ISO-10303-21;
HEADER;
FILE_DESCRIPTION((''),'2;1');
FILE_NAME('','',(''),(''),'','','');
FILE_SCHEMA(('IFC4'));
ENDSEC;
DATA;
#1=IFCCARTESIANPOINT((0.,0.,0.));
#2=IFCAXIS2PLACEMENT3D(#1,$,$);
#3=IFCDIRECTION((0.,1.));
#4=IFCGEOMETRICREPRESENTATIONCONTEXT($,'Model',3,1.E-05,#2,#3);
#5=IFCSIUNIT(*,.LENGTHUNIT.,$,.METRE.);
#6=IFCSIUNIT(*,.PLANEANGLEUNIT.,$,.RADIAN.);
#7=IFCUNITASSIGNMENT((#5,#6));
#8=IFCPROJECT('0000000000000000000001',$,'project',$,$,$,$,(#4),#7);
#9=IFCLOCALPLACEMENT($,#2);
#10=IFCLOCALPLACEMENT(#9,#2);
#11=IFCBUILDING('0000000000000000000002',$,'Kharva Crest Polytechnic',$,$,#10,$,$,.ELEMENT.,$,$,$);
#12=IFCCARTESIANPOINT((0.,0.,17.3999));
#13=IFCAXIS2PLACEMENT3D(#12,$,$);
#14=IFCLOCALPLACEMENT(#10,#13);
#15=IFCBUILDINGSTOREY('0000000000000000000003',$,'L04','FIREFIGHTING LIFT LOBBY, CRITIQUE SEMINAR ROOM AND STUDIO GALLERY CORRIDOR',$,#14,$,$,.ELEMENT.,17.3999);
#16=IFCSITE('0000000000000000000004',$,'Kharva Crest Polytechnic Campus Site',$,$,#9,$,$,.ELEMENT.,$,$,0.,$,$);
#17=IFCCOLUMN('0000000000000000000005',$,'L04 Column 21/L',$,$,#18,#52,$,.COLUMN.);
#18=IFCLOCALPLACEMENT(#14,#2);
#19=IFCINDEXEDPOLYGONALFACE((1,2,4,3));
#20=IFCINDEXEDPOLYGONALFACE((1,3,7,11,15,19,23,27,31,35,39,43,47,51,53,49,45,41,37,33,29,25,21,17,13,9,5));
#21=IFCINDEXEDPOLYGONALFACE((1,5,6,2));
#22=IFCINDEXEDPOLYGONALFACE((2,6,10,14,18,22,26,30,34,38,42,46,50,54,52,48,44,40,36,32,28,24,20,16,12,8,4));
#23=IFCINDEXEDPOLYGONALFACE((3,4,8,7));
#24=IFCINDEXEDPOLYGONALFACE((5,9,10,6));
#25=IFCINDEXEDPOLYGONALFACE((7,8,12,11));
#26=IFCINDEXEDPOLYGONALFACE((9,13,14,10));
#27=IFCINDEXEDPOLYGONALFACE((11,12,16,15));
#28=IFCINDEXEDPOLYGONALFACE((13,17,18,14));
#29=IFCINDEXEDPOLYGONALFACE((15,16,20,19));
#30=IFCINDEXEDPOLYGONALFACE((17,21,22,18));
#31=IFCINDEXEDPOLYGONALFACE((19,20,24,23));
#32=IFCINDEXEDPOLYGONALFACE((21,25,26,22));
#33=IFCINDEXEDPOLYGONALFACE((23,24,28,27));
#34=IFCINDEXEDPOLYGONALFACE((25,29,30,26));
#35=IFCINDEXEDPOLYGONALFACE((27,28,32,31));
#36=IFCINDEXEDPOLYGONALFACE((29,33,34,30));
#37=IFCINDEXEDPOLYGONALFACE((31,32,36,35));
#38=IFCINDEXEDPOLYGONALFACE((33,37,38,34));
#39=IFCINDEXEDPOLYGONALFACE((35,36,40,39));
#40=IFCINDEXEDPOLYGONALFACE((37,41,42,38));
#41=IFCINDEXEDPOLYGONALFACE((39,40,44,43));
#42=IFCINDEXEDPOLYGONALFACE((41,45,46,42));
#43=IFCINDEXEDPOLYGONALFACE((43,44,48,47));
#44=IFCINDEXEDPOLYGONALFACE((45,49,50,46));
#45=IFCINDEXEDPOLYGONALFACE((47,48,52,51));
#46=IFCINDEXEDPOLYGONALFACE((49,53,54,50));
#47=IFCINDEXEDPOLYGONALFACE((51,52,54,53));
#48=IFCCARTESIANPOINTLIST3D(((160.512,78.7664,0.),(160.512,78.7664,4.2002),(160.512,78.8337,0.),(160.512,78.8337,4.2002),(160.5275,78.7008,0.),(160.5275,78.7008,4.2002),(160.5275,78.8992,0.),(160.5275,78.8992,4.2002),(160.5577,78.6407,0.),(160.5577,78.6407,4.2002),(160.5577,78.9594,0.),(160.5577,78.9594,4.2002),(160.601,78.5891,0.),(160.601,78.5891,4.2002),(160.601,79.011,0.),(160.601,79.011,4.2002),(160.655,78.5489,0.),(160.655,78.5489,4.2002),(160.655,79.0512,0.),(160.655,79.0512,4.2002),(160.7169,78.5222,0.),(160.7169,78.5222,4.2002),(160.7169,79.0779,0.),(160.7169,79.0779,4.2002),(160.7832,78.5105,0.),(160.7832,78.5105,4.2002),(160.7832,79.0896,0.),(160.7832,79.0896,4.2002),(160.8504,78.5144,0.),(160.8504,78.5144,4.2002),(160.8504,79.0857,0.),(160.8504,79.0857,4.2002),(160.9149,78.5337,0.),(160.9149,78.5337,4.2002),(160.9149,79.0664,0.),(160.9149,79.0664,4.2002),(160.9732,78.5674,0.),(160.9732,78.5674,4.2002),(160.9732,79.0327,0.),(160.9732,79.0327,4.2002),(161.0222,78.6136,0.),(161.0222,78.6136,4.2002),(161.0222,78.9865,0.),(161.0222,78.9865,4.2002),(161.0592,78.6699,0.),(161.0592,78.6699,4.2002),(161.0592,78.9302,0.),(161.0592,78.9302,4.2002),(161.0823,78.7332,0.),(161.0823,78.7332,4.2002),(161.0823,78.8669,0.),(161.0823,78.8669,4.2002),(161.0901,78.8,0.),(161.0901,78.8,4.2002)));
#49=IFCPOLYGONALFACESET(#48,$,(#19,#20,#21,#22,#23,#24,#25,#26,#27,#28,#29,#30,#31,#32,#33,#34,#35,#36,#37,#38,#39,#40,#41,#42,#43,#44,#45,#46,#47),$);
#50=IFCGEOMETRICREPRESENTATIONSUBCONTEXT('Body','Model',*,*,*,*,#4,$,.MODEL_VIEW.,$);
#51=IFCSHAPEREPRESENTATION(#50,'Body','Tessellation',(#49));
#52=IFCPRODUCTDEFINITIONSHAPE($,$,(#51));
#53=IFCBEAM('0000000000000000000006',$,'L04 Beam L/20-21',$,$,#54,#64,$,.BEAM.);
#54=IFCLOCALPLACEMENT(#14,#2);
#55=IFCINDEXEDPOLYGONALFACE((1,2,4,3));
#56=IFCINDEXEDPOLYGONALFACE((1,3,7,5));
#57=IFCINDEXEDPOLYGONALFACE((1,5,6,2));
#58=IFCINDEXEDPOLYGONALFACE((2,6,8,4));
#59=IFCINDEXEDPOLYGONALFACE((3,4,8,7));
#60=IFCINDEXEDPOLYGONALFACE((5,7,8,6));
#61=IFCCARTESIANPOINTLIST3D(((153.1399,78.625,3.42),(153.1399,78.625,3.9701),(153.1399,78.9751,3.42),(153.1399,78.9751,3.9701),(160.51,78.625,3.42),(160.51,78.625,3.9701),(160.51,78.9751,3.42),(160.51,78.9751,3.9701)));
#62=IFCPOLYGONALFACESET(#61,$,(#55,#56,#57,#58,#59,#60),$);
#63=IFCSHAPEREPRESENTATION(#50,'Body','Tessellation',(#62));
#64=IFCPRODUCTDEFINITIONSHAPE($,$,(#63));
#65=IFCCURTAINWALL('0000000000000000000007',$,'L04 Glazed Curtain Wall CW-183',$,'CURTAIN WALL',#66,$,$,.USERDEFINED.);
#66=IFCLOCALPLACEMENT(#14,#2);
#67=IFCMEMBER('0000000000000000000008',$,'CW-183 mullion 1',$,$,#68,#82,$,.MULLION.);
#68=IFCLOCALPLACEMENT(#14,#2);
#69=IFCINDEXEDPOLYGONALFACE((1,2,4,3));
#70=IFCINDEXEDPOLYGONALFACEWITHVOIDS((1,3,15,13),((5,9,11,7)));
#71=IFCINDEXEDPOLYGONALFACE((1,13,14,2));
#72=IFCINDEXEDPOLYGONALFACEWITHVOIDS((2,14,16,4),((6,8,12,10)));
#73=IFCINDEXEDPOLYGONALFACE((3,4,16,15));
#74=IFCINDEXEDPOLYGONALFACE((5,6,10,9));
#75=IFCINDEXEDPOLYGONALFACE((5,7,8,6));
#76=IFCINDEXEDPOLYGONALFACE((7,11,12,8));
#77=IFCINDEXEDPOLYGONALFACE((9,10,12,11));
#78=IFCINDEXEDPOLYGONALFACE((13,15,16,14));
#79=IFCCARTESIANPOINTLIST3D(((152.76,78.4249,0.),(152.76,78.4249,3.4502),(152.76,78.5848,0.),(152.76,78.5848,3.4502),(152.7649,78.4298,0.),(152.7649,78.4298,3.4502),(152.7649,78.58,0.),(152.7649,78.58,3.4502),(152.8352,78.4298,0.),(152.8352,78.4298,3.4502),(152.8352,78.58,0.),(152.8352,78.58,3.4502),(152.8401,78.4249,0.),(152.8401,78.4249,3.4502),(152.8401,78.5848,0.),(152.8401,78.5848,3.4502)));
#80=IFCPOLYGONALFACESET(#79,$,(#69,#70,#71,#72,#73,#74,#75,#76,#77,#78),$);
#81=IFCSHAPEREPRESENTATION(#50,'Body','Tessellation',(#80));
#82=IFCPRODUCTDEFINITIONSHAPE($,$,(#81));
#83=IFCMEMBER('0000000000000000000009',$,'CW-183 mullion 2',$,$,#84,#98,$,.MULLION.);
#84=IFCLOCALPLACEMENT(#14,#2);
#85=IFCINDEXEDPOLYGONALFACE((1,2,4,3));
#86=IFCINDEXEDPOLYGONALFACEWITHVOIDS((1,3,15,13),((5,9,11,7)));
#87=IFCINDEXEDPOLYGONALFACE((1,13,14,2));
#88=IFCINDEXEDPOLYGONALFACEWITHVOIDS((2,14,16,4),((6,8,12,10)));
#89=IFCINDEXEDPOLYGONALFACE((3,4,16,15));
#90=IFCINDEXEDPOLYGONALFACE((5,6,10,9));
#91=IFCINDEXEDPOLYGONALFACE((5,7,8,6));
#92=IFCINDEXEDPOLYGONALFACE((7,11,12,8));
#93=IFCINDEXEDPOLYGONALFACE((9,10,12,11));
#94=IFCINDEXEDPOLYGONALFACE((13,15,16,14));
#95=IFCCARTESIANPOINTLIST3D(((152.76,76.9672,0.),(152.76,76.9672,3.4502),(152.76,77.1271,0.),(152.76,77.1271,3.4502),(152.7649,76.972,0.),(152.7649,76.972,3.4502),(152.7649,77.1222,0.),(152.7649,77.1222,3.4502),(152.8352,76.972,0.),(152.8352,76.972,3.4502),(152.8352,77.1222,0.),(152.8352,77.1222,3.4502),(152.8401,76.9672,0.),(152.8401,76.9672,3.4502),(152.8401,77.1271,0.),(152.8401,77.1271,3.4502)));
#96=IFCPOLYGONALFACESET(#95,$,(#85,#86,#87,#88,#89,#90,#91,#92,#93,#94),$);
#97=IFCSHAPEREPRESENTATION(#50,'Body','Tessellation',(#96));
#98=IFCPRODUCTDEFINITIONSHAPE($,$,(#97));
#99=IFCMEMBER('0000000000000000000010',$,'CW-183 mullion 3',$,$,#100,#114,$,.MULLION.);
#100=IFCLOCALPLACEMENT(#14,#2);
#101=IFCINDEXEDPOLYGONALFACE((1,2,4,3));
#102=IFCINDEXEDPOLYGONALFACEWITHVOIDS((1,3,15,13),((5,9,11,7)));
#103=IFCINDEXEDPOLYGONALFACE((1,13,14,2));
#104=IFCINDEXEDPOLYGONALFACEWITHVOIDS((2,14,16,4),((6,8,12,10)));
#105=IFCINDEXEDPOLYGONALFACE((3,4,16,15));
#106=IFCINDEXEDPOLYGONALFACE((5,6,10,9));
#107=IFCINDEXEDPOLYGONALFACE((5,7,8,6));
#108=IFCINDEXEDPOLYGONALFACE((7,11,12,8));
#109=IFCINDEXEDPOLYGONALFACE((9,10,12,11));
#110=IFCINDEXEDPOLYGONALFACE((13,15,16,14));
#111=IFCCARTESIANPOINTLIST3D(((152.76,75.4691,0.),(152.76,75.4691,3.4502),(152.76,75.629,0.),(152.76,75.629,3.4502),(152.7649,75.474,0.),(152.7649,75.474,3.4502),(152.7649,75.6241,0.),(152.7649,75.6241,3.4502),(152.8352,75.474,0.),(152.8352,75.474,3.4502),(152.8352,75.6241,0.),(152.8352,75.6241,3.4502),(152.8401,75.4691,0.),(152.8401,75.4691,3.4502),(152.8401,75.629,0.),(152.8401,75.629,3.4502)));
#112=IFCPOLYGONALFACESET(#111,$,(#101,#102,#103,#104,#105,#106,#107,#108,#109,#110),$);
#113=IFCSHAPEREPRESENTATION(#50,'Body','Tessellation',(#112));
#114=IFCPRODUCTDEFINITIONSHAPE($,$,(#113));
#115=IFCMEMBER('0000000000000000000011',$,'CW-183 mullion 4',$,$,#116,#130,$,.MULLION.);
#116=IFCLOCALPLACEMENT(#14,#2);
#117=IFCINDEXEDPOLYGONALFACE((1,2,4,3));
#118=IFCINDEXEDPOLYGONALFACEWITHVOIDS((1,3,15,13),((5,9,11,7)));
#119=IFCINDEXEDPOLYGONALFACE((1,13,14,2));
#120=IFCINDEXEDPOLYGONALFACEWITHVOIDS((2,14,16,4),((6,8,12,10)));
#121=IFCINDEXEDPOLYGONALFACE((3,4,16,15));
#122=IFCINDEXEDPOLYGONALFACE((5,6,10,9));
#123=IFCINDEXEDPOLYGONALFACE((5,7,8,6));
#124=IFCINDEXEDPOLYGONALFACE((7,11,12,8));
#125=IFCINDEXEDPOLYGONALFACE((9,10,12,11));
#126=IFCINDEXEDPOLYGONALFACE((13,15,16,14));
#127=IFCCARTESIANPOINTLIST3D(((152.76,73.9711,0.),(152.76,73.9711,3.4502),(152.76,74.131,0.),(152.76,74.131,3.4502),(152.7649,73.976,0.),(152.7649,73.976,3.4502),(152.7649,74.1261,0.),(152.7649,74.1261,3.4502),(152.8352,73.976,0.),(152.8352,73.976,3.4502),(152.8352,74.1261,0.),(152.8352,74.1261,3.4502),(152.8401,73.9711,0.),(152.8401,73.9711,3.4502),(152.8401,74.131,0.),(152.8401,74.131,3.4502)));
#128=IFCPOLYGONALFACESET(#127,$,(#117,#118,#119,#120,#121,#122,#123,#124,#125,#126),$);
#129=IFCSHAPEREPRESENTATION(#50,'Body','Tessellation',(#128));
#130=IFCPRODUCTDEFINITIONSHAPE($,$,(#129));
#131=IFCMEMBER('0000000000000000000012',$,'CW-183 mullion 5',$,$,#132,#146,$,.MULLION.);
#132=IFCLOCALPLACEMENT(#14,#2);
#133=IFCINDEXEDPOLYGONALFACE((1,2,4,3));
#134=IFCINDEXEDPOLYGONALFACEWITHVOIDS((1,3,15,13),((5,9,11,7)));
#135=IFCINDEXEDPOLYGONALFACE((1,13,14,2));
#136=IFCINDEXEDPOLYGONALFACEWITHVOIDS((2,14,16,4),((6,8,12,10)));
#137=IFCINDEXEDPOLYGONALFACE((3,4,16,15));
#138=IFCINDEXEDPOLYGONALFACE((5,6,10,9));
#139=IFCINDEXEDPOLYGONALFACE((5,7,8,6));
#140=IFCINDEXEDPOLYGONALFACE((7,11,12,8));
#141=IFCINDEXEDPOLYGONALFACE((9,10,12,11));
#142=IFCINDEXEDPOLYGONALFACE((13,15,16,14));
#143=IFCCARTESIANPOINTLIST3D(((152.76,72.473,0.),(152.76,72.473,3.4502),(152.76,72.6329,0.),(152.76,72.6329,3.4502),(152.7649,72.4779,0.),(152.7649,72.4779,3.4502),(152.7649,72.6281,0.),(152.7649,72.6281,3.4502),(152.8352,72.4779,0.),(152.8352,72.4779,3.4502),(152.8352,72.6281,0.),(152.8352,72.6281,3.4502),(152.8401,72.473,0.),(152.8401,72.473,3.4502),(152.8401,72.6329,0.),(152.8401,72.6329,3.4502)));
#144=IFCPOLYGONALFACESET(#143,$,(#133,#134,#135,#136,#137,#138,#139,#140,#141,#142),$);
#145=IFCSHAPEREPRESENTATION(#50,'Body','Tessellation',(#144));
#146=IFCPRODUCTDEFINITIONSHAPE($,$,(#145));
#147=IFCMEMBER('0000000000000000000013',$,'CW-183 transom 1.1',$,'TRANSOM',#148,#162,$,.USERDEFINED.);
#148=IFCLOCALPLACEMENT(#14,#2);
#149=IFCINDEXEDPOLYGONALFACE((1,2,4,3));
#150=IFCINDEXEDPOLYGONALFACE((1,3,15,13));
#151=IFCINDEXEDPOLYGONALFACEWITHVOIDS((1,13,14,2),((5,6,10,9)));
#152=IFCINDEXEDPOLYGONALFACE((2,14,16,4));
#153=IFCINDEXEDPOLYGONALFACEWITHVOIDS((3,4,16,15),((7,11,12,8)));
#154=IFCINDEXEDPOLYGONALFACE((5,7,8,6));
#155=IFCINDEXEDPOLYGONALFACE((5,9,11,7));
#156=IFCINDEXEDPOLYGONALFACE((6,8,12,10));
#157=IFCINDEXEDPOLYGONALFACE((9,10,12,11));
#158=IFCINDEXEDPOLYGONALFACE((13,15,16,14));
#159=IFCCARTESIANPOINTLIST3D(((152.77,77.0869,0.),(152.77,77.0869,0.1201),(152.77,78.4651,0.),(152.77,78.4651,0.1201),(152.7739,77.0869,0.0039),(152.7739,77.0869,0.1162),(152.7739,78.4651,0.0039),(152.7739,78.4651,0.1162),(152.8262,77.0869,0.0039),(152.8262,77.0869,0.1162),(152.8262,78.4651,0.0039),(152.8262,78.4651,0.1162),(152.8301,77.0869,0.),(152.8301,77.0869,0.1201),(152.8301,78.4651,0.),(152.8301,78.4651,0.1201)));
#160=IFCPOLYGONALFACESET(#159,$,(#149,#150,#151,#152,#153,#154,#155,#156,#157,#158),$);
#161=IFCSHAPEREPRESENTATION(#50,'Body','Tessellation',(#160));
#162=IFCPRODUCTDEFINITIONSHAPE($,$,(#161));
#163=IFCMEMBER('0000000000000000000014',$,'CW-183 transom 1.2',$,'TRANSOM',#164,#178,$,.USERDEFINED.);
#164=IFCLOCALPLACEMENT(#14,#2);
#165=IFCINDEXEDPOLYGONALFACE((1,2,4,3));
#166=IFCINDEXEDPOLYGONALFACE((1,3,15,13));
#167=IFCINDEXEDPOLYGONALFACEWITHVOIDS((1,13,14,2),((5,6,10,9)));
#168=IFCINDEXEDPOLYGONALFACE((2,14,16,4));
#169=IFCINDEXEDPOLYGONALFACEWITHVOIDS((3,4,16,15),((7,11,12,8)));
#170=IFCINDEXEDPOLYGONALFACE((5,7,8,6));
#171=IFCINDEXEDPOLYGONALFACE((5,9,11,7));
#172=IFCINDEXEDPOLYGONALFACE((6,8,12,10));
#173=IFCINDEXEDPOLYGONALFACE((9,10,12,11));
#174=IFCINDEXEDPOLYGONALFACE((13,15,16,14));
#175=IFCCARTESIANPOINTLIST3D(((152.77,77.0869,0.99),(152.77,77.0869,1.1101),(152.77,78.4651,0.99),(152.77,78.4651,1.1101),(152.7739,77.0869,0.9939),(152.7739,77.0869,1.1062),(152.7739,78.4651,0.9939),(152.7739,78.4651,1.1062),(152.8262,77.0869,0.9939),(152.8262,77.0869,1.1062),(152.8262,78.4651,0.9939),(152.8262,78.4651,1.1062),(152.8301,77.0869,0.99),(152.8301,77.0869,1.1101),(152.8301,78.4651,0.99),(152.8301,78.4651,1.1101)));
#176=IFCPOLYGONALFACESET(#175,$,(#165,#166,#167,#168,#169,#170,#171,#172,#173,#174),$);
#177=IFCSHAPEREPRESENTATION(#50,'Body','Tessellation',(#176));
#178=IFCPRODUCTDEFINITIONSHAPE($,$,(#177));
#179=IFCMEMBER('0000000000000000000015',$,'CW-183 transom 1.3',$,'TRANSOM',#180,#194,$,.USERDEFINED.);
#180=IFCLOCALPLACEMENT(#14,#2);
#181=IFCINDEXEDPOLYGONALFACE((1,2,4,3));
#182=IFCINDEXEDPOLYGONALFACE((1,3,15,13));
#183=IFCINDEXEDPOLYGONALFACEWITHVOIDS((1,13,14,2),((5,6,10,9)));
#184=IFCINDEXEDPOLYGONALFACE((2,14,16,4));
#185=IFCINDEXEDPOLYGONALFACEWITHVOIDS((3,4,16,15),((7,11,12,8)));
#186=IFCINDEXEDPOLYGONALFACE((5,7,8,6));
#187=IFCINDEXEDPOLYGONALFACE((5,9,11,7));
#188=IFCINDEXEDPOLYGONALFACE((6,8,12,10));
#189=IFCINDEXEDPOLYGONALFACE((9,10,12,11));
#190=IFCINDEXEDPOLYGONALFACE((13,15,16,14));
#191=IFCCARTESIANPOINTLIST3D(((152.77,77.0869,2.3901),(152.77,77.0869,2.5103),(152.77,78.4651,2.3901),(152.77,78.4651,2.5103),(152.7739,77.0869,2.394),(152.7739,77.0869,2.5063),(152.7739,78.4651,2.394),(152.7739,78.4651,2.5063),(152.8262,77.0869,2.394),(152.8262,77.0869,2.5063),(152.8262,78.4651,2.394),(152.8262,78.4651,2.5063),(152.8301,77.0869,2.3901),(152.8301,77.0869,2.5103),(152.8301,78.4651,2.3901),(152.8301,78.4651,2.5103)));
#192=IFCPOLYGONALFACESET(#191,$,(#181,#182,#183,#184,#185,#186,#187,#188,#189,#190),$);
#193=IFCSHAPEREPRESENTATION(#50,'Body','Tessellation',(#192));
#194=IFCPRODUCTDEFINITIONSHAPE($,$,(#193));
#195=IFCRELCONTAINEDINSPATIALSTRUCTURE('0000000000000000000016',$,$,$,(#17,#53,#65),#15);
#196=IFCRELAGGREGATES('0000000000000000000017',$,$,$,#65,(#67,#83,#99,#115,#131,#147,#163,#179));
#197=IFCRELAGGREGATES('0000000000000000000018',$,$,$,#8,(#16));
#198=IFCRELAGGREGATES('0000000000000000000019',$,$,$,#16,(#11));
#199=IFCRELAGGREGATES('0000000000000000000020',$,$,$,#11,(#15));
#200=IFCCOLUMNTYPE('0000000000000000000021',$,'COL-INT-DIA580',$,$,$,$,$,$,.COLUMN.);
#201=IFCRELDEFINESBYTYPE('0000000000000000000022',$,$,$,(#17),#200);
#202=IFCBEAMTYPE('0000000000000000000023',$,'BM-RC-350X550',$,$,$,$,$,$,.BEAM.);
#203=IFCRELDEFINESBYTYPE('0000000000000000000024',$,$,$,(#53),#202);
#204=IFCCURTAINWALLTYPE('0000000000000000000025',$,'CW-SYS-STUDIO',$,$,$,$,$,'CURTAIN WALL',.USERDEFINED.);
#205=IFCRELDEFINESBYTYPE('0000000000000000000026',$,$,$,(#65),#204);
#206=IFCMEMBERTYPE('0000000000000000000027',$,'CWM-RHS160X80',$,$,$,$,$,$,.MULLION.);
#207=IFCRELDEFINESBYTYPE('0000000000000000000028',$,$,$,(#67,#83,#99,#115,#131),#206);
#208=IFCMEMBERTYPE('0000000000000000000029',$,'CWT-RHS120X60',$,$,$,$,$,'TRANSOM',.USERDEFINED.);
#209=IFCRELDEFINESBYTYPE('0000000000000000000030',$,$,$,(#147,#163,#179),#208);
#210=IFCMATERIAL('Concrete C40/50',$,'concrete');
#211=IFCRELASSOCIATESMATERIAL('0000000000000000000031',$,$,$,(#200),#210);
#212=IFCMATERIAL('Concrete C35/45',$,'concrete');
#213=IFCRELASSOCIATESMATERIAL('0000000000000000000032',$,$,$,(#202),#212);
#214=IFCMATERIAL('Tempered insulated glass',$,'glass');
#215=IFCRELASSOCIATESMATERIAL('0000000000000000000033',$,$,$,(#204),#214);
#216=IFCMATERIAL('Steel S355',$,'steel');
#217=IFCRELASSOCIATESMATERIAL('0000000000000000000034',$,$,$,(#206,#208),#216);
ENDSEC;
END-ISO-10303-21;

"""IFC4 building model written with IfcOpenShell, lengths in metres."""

from ifc_helpers import new_model, si_unit, direction, frame, origin, origin_2d, place, context, subcontext, project, spatial, rectangle, hollow_rectangle, circle, extrude, material, material_profile, profile_set, type_object, element, aggregate, save


model = new_model("IFC4")

# Units and contexts
model_context = context("Model", 3, precision=1e-05, world=origin(), true_north=direction((0.0, 1.0)))
body_context = subcontext(model_context, "Body", "Model", "MODEL_VIEW")
ifc_project = project(units=[si_unit("LENGTHUNIT", "METRE"), si_unit("PLANEANGLEUNIT", "RADIAN")], contexts=[model_context])

# Site, building, storey
site_placement = place(None, origin())
site = spatial("IfcSite", under=ifc_project, at=site_placement, Name="Kharva Crest Polytechnic Campus Site", CompositionType="ELEMENT", RefElevation=0.0)
building_placement = place(site_placement, origin())
building = spatial("IfcBuilding", under=site, at=building_placement, Name="Kharva Crest Polytechnic", CompositionType="ELEMENT")
storey_placement = place(building_placement, frame((0.0, 0.0, 17.3999)))
storey = spatial("IfcBuildingStorey", under=building, at=storey_placement, Name="L04", Description="FIREFIGHTING LIFT LOBBY, CRITIQUE SEMINAR ROOM AND STUDIO GALLERY CORRIDOR", CompositionType="ELEMENT", Elevation=17.3999)

# Column
ifc_material_1 = material(Name="Concrete C40/50", Category="concrete")
ifc_material_profile_1 = material_profile(ifc_material_1, circle(Radius=0.29, at=origin_2d()), Name="DIA 580")
ifc_profile_set_1 = profile_set([ifc_material_profile_1], Name="Concrete C40/50")
column_type = type_object("IfcColumnType", Name="COL-INT-DIA580", PredefinedType="COLUMN", material=ifc_profile_set_1)
column_placement = place(storey_placement, frame((160.8, 78.8, 0.0), z_axis=(0.0, 0.0, 1.0), x_axis=(1.0, 0.0, 0.0)))
element("IfcColumn", 1, at=column_placement, inside=storey, type_object=column_type, Name="L04 Column 21/L", PredefinedType="COLUMN", context=body_context, shape_type="SweptSolid", body=[
    extrude(circle(Radius=0.29, at=origin_2d()), origin(), (0.0, 0.0, 1.0), 4.2002),
])

# Beam
ifc_material_2 = material(Name="Concrete C35/45", Category="concrete")
ifc_material_profile_2 = material_profile(ifc_material_2, rectangle(XDim=0.3501, YDim=0.55, at=origin_2d()), Name="RECT 350 X 550")
ifc_profile_set_2 = profile_set([ifc_material_profile_2], Name="Concrete C35/45")
beam_type = type_object("IfcBeamType", Name="BM-RC-350X550", PredefinedType="BEAM", material=ifc_profile_set_2)
beam_placement = place(storey_placement, frame((153.1399, 78.8, 3.6951), z_axis=(1.0, 0.0, 0.0), x_axis=(0.0, 1.0, 0.0)))
element("IfcBeam", 2, at=beam_placement, inside=storey, type_object=beam_type, Name="L04 Beam L/20-21", PredefinedType="BEAM", context=body_context, shape_type="SweptSolid", body=[
    extrude(rectangle(XDim=0.3501, YDim=0.55, at=origin_2d()), origin(), (0.0, 0.0, 1.0), 7.3701),
])

# Curtain wall, members
ifc_material_3 = material(Name="Tempered insulated glass", Category="glass")
curtain_wall_type = type_object("IfcCurtainWallType", Name="CW-SYS-STUDIO", ElementType="CURTAIN WALL", PredefinedType="USERDEFINED", material=ifc_material_3)
curtain_wall_placement = place(storey_placement, origin())
curtain_wall = element("IfcCurtainWall", 3, at=curtain_wall_placement, inside=storey, type_object=curtain_wall_type, Name="L04 Glazed Curtain Wall CW-183", ObjectType="CURTAIN WALL", PredefinedType="USERDEFINED")
ifc_material_4 = material(Name="Steel S355", Category="steel")
ifc_material_profile_3 = material_profile(ifc_material_4, hollow_rectangle(XDim=0.0801, YDim=0.1599, WallThickness=0.0049, at=origin_2d()), Name="RHS 160X80X5.0")
ifc_profile_set_3 = profile_set([ifc_material_profile_3], Name="Steel S355")
member_type_1 = type_object("IfcMemberType", Name="CWM-RHS160X80", PredefinedType="MULLION", material=ifc_profile_set_3)
member_1_placement = place(storey_placement, frame((152.8, 78.5049, 0.0), z_axis=(0.0, 0.0, 1.0), x_axis=(1.0, 0.0, 0.0)))
member_1 = element("IfcMember", 4, at=member_1_placement, type_object=member_type_1, Name="CW-183 mullion 1", PredefinedType="MULLION", context=body_context, shape_type="SweptSolid", body=[
    extrude(hollow_rectangle(XDim=0.0801, YDim=0.1599, WallThickness=0.0049, at=origin_2d()), origin(), (0.0, 0.0, 1.0), 3.4502),
])
member_2_placement = place(storey_placement, frame((152.8, 77.0471, 0.0), z_axis=(0.0, 0.0, 1.0), x_axis=(1.0, 0.0, 0.0)))
member_2 = element("IfcMember", 5, at=member_2_placement, type_object=member_type_1, Name="CW-183 mullion 2", PredefinedType="MULLION", context=body_context, shape_type="SweptSolid", body=[
    extrude(hollow_rectangle(XDim=0.0801, YDim=0.1599, WallThickness=0.0049, at=origin_2d()), origin(), (0.0, 0.0, 1.0), 3.4502),
])
member_3_placement = place(storey_placement, frame((152.8, 75.5491, 0.0), z_axis=(0.0, 0.0, 1.0), x_axis=(1.0, 0.0, 0.0)))
member_3 = element("IfcMember", 6, at=member_3_placement, type_object=member_type_1, Name="CW-183 mullion 3", PredefinedType="MULLION", context=body_context, shape_type="SweptSolid", body=[
    extrude(hollow_rectangle(XDim=0.0801, YDim=0.1599, WallThickness=0.0049, at=origin_2d()), origin(), (0.0, 0.0, 1.0), 3.4502),
])
member_4_placement = place(storey_placement, frame((152.8, 74.051, 0.0), z_axis=(0.0, 0.0, 1.0), x_axis=(1.0, 0.0, 0.0)))
member_4 = element("IfcMember", 7, at=member_4_placement, type_object=member_type_1, Name="CW-183 mullion 4", PredefinedType="MULLION", context=body_context, shape_type="SweptSolid", body=[
    extrude(hollow_rectangle(XDim=0.0801, YDim=0.1599, WallThickness=0.0049, at=origin_2d()), origin(), (0.0, 0.0, 1.0), 3.4502),
])
member_5_placement = place(storey_placement, frame((152.8, 72.553, 0.0), z_axis=(0.0, 0.0, 1.0), x_axis=(1.0, 0.0, 0.0)))
member_5 = element("IfcMember", 8, at=member_5_placement, type_object=member_type_1, Name="CW-183 mullion 5", PredefinedType="MULLION", context=body_context, shape_type="SweptSolid", body=[
    extrude(hollow_rectangle(XDim=0.0801, YDim=0.1599, WallThickness=0.0049, at=origin_2d()), origin(), (0.0, 0.0, 1.0), 3.4502),
])
ifc_material_profile_4 = material_profile(ifc_material_4, hollow_rectangle(XDim=0.0601, YDim=0.1201, WallThickness=0.0039, at=origin_2d()), Name="RHS 120X60X4.0")
ifc_profile_set_4 = profile_set([ifc_material_profile_4], Name="Steel S355")
member_type_2 = type_object("IfcMemberType", Name="CWT-RHS120X60", ElementType="TRANSOM", PredefinedType="USERDEFINED", material=ifc_profile_set_4)
member_6_placement = place(storey_placement, frame((152.8, 78.4651, 0.0601), z_axis=(0.0, -1.0, 0.0), x_axis=(1.0, 0.0, 0.0)))
member_6 = element("IfcMember", 9, at=member_6_placement, type_object=member_type_2, Name="CW-183 transom 1.1", ObjectType="TRANSOM", PredefinedType="USERDEFINED", context=body_context, shape_type="SweptSolid", body=[
    extrude(hollow_rectangle(XDim=0.0601, YDim=0.1201, WallThickness=0.0039, at=origin_2d()), origin(), (0.0, 0.0, 1.0), 1.3782),
])
member_7_placement = place(storey_placement, frame((152.8, 78.4651, 1.05), z_axis=(0.0, -1.0, 0.0), x_axis=(1.0, 0.0, 0.0)))
member_7 = element("IfcMember", 10, at=member_7_placement, type_object=member_type_2, Name="CW-183 transom 1.2", ObjectType="TRANSOM", PredefinedType="USERDEFINED", context=body_context, shape_type="SweptSolid", body=[
    extrude(hollow_rectangle(XDim=0.0601, YDim=0.1201, WallThickness=0.0039, at=origin_2d()), origin(), (0.0, 0.0, 1.0), 1.3782),
])
member_8_placement = place(storey_placement, frame((152.8, 78.4651, 2.4502), z_axis=(0.0, -1.0, 0.0), x_axis=(1.0, 0.0, 0.0)))
member_8 = element("IfcMember", 11, at=member_8_placement, type_object=member_type_2, Name="CW-183 transom 1.3", ObjectType="TRANSOM", PredefinedType="USERDEFINED", context=body_context, shape_type="SweptSolid", body=[
    extrude(hollow_rectangle(XDim=0.0601, YDim=0.1201, WallThickness=0.0039, at=origin_2d()), origin(), (0.0, 0.0, 1.0), 1.3782),
])
aggregate(curtain_wall, [member_1, member_2, member_3, member_4, member_5, member_6, member_7, member_8])

save(model, "model.ifc")
